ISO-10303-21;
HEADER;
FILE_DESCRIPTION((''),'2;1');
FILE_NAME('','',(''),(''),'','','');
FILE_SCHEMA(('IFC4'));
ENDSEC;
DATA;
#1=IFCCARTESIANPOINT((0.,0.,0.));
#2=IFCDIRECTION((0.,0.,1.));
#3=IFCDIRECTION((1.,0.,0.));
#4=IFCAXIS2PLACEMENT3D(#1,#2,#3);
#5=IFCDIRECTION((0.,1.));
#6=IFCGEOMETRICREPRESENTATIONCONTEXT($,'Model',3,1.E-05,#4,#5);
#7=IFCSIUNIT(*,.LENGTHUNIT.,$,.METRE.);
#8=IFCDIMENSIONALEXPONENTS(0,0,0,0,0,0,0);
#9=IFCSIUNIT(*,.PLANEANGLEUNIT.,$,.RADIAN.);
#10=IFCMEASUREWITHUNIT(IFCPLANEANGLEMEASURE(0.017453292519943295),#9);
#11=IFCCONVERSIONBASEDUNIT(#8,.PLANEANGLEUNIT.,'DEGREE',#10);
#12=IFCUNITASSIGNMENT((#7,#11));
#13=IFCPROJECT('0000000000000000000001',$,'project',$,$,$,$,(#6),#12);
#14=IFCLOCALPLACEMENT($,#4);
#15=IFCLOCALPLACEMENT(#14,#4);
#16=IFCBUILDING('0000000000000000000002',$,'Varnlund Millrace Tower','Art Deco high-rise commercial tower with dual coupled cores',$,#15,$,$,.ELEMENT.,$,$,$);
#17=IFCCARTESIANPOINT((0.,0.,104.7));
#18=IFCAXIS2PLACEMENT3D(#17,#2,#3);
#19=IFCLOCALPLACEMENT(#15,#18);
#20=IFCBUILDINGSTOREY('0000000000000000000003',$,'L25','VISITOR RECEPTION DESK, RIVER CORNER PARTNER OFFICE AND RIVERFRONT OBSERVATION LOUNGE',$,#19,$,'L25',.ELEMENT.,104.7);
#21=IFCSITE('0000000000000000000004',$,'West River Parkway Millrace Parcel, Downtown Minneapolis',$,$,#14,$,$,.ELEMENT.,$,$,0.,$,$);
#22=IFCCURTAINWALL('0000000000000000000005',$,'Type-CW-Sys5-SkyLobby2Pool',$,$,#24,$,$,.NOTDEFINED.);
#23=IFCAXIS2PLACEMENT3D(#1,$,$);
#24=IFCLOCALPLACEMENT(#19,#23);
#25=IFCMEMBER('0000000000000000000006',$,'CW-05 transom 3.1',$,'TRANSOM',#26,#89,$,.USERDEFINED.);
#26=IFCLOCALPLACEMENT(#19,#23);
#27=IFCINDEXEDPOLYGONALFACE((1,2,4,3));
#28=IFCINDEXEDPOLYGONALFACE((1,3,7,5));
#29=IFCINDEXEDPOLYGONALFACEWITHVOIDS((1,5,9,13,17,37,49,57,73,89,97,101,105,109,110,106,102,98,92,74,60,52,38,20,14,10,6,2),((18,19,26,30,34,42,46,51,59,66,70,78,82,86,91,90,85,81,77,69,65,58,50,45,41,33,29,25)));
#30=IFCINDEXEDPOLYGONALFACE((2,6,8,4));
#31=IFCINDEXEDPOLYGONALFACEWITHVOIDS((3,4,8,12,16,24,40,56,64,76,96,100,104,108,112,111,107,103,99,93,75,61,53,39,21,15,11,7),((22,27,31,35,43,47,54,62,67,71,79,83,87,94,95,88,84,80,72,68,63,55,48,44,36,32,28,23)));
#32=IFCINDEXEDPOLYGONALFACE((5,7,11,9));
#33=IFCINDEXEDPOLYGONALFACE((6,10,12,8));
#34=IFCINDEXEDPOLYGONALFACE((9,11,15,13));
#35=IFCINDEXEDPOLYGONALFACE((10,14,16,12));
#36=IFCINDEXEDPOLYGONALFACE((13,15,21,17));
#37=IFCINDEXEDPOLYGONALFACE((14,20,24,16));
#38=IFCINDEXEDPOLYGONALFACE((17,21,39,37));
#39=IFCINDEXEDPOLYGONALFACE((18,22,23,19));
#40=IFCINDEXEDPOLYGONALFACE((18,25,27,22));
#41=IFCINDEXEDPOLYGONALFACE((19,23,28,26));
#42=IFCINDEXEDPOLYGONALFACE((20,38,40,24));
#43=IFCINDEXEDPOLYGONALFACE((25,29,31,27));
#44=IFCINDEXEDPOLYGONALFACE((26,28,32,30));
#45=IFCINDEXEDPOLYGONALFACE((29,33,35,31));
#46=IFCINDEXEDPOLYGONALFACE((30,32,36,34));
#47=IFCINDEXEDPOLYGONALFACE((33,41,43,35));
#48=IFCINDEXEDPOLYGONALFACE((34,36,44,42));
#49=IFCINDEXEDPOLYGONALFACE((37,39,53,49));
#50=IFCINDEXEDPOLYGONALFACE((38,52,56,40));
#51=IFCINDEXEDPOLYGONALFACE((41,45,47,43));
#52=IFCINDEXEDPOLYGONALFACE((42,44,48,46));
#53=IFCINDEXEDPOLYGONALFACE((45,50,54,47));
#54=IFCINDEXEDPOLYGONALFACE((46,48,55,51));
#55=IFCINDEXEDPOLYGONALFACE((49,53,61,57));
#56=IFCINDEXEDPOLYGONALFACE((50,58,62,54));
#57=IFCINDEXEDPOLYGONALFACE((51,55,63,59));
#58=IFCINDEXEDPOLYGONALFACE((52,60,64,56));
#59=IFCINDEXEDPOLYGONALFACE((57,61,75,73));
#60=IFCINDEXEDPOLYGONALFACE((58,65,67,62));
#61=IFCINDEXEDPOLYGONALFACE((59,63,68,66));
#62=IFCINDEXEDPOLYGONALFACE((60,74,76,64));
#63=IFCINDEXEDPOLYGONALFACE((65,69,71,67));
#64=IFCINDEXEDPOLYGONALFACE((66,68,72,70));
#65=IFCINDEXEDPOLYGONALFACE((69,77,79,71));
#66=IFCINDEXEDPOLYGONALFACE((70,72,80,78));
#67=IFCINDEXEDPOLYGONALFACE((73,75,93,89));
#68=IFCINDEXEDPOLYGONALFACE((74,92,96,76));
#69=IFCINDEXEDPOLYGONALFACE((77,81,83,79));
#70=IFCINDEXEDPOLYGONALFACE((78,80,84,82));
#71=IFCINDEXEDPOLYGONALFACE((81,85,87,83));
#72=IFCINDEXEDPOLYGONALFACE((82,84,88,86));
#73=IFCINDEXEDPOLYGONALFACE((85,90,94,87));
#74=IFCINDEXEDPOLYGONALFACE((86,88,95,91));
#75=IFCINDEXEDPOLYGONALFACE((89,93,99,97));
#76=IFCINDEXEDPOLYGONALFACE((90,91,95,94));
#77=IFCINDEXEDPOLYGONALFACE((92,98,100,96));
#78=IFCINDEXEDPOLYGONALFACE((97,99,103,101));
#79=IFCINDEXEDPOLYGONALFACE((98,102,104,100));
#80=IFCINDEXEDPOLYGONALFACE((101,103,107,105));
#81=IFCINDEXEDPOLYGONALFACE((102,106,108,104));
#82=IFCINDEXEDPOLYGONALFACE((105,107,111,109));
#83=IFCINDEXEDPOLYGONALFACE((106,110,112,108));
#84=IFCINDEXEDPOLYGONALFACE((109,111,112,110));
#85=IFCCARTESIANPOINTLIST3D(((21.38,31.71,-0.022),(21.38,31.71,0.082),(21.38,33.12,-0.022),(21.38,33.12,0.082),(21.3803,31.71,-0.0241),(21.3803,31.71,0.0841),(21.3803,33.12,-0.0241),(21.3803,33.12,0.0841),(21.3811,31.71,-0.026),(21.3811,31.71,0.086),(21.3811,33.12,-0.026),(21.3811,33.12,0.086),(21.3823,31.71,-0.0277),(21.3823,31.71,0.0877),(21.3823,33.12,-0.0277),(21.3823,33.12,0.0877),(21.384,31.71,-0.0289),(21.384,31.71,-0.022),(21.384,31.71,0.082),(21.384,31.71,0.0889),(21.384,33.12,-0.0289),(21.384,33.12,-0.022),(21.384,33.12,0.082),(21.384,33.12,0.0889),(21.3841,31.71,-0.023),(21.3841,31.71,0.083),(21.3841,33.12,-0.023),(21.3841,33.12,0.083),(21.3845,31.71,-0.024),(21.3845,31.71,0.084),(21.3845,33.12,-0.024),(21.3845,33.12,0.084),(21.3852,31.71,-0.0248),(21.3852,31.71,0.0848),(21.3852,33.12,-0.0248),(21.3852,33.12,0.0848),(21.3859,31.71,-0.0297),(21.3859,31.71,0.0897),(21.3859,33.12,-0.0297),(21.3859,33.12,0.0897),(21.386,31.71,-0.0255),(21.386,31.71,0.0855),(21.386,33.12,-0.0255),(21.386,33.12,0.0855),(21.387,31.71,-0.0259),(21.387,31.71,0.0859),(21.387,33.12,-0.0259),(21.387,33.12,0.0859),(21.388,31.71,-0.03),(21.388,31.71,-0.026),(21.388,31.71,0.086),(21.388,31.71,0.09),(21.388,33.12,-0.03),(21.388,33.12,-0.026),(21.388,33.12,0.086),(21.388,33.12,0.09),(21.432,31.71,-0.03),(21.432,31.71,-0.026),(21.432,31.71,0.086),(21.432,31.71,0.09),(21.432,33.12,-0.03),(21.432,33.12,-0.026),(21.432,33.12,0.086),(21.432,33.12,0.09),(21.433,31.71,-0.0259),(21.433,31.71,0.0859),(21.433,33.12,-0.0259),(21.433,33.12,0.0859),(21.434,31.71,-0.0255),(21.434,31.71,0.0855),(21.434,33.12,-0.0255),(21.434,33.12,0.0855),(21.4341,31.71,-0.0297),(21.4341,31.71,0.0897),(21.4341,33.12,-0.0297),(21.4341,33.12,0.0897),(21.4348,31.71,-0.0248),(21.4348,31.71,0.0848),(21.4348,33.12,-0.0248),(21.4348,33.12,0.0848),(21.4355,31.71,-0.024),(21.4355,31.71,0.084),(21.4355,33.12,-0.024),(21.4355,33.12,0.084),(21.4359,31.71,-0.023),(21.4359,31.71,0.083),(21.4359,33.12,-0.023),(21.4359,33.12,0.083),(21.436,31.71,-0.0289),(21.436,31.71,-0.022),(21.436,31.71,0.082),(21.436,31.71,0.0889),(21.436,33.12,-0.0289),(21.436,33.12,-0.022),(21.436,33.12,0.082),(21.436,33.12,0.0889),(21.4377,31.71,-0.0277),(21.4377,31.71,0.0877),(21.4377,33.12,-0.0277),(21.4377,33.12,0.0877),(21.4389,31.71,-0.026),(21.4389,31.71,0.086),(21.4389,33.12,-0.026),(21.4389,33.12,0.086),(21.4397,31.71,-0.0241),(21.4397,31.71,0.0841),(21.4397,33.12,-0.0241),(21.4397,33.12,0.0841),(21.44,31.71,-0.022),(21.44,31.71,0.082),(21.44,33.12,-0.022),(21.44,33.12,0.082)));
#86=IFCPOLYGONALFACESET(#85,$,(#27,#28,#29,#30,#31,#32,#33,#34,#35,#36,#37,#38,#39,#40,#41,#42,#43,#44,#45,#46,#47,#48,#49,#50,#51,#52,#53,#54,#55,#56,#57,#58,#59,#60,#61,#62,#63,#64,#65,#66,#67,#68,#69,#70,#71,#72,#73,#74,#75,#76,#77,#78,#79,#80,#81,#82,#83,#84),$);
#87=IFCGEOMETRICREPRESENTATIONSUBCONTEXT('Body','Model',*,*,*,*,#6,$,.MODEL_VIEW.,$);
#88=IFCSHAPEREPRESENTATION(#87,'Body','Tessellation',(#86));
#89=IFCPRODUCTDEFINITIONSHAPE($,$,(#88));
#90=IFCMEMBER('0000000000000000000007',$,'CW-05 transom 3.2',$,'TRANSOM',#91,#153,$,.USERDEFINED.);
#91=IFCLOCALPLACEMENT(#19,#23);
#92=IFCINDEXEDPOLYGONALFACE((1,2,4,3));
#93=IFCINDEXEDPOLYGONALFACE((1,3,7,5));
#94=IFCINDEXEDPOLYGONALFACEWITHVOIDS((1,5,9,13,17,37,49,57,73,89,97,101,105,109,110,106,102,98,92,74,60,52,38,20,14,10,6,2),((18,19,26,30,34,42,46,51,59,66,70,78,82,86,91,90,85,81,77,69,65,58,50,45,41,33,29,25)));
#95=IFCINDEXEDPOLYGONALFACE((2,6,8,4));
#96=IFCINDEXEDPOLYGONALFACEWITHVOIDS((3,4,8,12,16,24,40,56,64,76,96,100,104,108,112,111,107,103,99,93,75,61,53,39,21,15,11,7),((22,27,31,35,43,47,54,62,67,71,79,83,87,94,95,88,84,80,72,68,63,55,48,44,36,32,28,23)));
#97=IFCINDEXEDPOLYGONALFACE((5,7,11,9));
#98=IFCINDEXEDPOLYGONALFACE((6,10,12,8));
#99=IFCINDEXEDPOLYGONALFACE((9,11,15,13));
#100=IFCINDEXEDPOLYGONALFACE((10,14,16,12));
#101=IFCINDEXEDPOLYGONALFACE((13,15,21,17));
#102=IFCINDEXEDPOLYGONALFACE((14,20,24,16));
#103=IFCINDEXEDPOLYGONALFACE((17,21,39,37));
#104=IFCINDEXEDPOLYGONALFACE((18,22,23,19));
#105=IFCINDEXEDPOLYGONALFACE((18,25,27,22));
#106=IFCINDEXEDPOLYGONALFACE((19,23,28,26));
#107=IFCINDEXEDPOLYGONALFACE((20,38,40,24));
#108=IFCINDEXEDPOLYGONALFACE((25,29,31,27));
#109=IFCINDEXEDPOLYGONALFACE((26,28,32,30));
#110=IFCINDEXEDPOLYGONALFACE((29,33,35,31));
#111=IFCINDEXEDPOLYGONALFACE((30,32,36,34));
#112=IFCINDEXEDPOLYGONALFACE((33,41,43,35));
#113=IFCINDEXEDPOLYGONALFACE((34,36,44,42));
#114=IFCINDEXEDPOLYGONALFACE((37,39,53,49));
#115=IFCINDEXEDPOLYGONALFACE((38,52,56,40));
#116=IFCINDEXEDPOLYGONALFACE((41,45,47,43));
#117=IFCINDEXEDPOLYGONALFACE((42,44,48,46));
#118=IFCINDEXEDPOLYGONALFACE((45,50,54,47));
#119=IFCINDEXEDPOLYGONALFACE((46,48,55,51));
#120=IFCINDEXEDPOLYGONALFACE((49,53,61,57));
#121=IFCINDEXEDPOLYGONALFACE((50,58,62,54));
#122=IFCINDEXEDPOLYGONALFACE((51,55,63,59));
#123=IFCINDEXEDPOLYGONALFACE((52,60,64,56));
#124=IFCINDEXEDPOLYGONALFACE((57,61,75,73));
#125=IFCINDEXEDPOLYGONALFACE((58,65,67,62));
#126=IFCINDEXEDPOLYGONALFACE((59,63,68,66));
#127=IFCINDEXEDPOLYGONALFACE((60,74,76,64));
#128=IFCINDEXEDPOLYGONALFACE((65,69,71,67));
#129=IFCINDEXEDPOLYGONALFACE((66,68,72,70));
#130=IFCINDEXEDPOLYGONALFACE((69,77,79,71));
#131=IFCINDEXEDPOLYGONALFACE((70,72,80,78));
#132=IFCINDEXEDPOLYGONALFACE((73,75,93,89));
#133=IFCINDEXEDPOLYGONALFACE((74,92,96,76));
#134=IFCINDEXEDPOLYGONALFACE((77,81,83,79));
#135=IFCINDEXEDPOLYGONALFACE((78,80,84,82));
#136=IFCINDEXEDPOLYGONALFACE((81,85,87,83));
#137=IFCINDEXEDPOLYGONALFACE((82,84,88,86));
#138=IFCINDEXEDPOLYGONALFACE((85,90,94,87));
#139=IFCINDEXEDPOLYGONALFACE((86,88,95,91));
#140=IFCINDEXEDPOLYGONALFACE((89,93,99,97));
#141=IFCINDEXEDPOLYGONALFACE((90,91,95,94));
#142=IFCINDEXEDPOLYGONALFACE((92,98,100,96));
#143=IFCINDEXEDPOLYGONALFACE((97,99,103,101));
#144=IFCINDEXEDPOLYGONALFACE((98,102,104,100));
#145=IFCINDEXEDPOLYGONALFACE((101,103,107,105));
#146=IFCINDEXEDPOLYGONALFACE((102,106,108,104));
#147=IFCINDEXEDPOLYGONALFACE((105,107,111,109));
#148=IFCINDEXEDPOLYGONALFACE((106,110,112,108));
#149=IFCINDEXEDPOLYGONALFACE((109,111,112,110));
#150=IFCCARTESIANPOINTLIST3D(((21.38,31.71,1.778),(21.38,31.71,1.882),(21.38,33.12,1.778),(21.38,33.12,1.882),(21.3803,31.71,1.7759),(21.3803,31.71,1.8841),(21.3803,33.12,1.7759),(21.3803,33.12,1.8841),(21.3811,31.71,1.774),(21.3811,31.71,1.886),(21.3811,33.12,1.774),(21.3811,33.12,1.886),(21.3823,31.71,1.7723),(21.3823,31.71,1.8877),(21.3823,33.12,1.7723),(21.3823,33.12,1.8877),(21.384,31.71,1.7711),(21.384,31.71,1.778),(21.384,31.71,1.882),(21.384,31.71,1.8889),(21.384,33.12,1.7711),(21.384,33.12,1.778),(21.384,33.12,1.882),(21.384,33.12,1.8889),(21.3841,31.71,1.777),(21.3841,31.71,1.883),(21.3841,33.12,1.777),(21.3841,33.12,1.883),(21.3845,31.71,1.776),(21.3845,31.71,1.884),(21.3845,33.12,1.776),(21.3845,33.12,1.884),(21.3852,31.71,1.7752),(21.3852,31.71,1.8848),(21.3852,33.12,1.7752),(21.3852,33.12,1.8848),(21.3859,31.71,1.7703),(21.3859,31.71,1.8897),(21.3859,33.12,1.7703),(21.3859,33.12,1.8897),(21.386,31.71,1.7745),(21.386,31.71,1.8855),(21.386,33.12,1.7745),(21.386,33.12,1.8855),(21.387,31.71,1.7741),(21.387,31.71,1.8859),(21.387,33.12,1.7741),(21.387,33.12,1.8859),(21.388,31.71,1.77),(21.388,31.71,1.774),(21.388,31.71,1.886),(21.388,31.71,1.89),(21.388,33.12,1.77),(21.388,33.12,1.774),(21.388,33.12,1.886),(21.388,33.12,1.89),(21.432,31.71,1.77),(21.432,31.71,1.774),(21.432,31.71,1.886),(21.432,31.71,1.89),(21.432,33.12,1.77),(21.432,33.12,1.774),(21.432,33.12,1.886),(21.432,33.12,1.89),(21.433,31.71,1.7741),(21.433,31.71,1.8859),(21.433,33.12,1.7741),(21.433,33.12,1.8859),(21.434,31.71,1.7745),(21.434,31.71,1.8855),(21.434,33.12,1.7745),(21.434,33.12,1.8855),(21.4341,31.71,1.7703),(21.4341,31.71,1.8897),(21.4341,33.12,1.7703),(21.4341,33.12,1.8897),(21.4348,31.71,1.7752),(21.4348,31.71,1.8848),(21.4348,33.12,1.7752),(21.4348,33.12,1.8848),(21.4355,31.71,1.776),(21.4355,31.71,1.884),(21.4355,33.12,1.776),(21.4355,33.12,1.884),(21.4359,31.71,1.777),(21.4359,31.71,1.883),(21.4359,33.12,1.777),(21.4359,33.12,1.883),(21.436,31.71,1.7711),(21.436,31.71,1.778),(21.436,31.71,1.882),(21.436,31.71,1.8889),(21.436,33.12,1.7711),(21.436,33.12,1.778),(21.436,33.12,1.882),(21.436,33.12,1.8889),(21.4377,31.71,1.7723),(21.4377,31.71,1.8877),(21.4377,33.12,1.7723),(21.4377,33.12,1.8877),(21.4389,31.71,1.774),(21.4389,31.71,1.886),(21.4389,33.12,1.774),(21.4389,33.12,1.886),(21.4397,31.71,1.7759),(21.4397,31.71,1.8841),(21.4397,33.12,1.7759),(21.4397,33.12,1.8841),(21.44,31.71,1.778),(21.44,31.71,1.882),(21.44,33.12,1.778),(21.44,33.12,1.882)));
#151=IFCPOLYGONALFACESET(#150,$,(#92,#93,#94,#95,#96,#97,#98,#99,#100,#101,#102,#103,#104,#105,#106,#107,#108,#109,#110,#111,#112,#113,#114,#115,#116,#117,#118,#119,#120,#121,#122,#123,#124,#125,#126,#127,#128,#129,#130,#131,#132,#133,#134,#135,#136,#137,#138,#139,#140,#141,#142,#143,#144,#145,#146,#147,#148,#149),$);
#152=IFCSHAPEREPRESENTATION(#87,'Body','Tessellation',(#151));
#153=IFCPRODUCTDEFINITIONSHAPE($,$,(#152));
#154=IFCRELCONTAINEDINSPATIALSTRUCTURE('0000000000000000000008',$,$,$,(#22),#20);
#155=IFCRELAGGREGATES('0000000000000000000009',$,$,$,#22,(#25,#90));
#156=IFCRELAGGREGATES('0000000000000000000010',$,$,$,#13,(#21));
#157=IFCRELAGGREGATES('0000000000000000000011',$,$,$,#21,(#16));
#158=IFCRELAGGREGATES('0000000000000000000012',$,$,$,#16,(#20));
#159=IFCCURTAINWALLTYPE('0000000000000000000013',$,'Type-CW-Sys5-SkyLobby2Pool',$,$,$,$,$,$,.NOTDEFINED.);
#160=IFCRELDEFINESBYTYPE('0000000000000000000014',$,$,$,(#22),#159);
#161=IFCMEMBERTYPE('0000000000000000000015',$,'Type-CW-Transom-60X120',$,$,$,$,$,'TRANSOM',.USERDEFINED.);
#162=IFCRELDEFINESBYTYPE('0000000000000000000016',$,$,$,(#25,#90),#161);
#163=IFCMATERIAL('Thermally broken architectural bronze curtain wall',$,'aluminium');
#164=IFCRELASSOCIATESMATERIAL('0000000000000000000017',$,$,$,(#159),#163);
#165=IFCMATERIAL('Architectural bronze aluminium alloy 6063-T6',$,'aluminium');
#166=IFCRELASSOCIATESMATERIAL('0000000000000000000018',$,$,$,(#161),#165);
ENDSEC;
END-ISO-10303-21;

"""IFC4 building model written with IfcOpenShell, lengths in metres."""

from ifc_helpers import new_model, entity, si_unit, converted_unit, direction, frame, origin_with_axes, origin_2d_with_axis, place, context, subcontext, project, spatial, hollow_rectangle, extrude, material, material_profile, profile_set, type_object, element, aggregate, save


model = new_model("IFC4")

# Units and contexts
model_context = context("Model", 3, precision=1e-05, world=origin_with_axes(), true_north=direction((0.0, 1.0)))
body_context = subcontext(model_context, "Body", "Model", "MODEL_VIEW")
ifc_project = project(units=[si_unit("LENGTHUNIT", "METRE"), converted_unit("PLANEANGLEUNIT", "DEGREE", entity("IfcPlaneAngleMeasure", 0.017453292519943295), si_unit("PLANEANGLEUNIT", "RADIAN"), dimensions=[0, 0, 0, 0, 0, 0, 0])], contexts=[model_context])

# Site, building, storey
site_placement = place(None, origin_with_axes())
site = spatial("IfcSite", under=ifc_project, at=site_placement, Name="West River Parkway Millrace Parcel, Downtown Minneapolis", CompositionType="ELEMENT", RefElevation=0.0)
building_placement = place(site_placement, origin_with_axes())
building = spatial("IfcBuilding", under=site, at=building_placement, Name="Varnlund Millrace Tower", Description="Art Deco high-rise commercial tower with dual coupled cores", CompositionType="ELEMENT")
storey_placement = place(building_placement, frame((0.0, 0.0, 104.7), z_axis=(0.0, 0.0, 1.0), x_axis=(1.0, 0.0, 0.0)))
storey = spatial("IfcBuildingStorey", under=building, at=storey_placement, Name="L25", Description="VISITOR RECEPTION DESK, RIVER CORNER PARTNER OFFICE AND RIVERFRONT OBSERVATION LOUNGE", LongName="L25", CompositionType="ELEMENT", Elevation=104.7)

# Curtain wall, members
ifc_material_1 = material(Name="Thermally broken architectural bronze curtain wall", Category="aluminium")
curtain_wall_type = type_object("IfcCurtainWallType", Name="Type-CW-Sys5-SkyLobby2Pool", PredefinedType="NOTDEFINED", material=ifc_material_1)
curtain_wall_placement = place(storey_placement, frame((21.41, 36.15, 0.0), z_axis=(0.0, 0.0, 1.0), x_axis=(1.0, 0.0, 0.0)))
curtain_wall = element("IfcCurtainWall", 1, at=curtain_wall_placement, inside=storey, type_object=curtain_wall_type, Name="Type-CW-Sys5-SkyLobby2Pool", PredefinedType="NOTDEFINED")
ifc_material_2 = material(Name="Architectural bronze aluminium alloy 6063-T6", Category="aluminium")
ifc_material_profile_1 = material_profile(ifc_material_2, hollow_rectangle(XDim=0.06, YDim=0.12, WallThickness=0.004, InnerFilletRadius=0.004, OuterFilletRadius=0.008, at=origin_2d_with_axis()), Name="Architectural bronze aluminium alloy 6063-T6")
ifc_profile_set_1 = profile_set([ifc_material_profile_1], Name="Architectural bronze aluminium alloy 6063-T6")
member_type_1 = type_object("IfcMemberType", Name="Type-CW-Transom-60X120", ElementType="TRANSOM", PredefinedType="USERDEFINED", material=ifc_profile_set_1)
member_1_placement = place(storey_placement, frame((21.41, 33.12, 0.03), z_axis=(0.0, -1.0, 0.0), x_axis=(1.0, 0.0, 0.0)))
member_1 = element("IfcMember", 2, at=member_1_placement, type_object=member_type_1, Name="CW-05 transom 3.1", ObjectType="TRANSOM", PredefinedType="USERDEFINED", context=body_context, shape_type="SweptSolid", body=[
    extrude(hollow_rectangle(XDim=0.06, YDim=0.12, WallThickness=0.004, InnerFilletRadius=0.004, OuterFilletRadius=0.008, at=origin_2d_with_axis()), origin_with_axes(), (0.0, 0.0, 1.0), 1.41),
])
member_2_placement = place(storey_placement, frame((21.41, 33.12, 1.83), z_axis=(0.0, -1.0, 0.0), x_axis=(1.0, 0.0, 0.0)))
member_2 = element("IfcMember", 3, at=member_2_placement, type_object=member_type_1, Name="CW-05 transom 3.2", ObjectType="TRANSOM", PredefinedType="USERDEFINED", context=body_context, shape_type="SweptSolid", body=[
    extrude(hollow_rectangle(XDim=0.06, YDim=0.12, WallThickness=0.004, InnerFilletRadius=0.004, OuterFilletRadius=0.008, at=origin_2d_with_axis()), origin_with_axes(), (0.0, 0.0, 1.0), 1.41),
])
aggregate(curtain_wall, [member_1, member_2])

save(model, "model.ifc")
